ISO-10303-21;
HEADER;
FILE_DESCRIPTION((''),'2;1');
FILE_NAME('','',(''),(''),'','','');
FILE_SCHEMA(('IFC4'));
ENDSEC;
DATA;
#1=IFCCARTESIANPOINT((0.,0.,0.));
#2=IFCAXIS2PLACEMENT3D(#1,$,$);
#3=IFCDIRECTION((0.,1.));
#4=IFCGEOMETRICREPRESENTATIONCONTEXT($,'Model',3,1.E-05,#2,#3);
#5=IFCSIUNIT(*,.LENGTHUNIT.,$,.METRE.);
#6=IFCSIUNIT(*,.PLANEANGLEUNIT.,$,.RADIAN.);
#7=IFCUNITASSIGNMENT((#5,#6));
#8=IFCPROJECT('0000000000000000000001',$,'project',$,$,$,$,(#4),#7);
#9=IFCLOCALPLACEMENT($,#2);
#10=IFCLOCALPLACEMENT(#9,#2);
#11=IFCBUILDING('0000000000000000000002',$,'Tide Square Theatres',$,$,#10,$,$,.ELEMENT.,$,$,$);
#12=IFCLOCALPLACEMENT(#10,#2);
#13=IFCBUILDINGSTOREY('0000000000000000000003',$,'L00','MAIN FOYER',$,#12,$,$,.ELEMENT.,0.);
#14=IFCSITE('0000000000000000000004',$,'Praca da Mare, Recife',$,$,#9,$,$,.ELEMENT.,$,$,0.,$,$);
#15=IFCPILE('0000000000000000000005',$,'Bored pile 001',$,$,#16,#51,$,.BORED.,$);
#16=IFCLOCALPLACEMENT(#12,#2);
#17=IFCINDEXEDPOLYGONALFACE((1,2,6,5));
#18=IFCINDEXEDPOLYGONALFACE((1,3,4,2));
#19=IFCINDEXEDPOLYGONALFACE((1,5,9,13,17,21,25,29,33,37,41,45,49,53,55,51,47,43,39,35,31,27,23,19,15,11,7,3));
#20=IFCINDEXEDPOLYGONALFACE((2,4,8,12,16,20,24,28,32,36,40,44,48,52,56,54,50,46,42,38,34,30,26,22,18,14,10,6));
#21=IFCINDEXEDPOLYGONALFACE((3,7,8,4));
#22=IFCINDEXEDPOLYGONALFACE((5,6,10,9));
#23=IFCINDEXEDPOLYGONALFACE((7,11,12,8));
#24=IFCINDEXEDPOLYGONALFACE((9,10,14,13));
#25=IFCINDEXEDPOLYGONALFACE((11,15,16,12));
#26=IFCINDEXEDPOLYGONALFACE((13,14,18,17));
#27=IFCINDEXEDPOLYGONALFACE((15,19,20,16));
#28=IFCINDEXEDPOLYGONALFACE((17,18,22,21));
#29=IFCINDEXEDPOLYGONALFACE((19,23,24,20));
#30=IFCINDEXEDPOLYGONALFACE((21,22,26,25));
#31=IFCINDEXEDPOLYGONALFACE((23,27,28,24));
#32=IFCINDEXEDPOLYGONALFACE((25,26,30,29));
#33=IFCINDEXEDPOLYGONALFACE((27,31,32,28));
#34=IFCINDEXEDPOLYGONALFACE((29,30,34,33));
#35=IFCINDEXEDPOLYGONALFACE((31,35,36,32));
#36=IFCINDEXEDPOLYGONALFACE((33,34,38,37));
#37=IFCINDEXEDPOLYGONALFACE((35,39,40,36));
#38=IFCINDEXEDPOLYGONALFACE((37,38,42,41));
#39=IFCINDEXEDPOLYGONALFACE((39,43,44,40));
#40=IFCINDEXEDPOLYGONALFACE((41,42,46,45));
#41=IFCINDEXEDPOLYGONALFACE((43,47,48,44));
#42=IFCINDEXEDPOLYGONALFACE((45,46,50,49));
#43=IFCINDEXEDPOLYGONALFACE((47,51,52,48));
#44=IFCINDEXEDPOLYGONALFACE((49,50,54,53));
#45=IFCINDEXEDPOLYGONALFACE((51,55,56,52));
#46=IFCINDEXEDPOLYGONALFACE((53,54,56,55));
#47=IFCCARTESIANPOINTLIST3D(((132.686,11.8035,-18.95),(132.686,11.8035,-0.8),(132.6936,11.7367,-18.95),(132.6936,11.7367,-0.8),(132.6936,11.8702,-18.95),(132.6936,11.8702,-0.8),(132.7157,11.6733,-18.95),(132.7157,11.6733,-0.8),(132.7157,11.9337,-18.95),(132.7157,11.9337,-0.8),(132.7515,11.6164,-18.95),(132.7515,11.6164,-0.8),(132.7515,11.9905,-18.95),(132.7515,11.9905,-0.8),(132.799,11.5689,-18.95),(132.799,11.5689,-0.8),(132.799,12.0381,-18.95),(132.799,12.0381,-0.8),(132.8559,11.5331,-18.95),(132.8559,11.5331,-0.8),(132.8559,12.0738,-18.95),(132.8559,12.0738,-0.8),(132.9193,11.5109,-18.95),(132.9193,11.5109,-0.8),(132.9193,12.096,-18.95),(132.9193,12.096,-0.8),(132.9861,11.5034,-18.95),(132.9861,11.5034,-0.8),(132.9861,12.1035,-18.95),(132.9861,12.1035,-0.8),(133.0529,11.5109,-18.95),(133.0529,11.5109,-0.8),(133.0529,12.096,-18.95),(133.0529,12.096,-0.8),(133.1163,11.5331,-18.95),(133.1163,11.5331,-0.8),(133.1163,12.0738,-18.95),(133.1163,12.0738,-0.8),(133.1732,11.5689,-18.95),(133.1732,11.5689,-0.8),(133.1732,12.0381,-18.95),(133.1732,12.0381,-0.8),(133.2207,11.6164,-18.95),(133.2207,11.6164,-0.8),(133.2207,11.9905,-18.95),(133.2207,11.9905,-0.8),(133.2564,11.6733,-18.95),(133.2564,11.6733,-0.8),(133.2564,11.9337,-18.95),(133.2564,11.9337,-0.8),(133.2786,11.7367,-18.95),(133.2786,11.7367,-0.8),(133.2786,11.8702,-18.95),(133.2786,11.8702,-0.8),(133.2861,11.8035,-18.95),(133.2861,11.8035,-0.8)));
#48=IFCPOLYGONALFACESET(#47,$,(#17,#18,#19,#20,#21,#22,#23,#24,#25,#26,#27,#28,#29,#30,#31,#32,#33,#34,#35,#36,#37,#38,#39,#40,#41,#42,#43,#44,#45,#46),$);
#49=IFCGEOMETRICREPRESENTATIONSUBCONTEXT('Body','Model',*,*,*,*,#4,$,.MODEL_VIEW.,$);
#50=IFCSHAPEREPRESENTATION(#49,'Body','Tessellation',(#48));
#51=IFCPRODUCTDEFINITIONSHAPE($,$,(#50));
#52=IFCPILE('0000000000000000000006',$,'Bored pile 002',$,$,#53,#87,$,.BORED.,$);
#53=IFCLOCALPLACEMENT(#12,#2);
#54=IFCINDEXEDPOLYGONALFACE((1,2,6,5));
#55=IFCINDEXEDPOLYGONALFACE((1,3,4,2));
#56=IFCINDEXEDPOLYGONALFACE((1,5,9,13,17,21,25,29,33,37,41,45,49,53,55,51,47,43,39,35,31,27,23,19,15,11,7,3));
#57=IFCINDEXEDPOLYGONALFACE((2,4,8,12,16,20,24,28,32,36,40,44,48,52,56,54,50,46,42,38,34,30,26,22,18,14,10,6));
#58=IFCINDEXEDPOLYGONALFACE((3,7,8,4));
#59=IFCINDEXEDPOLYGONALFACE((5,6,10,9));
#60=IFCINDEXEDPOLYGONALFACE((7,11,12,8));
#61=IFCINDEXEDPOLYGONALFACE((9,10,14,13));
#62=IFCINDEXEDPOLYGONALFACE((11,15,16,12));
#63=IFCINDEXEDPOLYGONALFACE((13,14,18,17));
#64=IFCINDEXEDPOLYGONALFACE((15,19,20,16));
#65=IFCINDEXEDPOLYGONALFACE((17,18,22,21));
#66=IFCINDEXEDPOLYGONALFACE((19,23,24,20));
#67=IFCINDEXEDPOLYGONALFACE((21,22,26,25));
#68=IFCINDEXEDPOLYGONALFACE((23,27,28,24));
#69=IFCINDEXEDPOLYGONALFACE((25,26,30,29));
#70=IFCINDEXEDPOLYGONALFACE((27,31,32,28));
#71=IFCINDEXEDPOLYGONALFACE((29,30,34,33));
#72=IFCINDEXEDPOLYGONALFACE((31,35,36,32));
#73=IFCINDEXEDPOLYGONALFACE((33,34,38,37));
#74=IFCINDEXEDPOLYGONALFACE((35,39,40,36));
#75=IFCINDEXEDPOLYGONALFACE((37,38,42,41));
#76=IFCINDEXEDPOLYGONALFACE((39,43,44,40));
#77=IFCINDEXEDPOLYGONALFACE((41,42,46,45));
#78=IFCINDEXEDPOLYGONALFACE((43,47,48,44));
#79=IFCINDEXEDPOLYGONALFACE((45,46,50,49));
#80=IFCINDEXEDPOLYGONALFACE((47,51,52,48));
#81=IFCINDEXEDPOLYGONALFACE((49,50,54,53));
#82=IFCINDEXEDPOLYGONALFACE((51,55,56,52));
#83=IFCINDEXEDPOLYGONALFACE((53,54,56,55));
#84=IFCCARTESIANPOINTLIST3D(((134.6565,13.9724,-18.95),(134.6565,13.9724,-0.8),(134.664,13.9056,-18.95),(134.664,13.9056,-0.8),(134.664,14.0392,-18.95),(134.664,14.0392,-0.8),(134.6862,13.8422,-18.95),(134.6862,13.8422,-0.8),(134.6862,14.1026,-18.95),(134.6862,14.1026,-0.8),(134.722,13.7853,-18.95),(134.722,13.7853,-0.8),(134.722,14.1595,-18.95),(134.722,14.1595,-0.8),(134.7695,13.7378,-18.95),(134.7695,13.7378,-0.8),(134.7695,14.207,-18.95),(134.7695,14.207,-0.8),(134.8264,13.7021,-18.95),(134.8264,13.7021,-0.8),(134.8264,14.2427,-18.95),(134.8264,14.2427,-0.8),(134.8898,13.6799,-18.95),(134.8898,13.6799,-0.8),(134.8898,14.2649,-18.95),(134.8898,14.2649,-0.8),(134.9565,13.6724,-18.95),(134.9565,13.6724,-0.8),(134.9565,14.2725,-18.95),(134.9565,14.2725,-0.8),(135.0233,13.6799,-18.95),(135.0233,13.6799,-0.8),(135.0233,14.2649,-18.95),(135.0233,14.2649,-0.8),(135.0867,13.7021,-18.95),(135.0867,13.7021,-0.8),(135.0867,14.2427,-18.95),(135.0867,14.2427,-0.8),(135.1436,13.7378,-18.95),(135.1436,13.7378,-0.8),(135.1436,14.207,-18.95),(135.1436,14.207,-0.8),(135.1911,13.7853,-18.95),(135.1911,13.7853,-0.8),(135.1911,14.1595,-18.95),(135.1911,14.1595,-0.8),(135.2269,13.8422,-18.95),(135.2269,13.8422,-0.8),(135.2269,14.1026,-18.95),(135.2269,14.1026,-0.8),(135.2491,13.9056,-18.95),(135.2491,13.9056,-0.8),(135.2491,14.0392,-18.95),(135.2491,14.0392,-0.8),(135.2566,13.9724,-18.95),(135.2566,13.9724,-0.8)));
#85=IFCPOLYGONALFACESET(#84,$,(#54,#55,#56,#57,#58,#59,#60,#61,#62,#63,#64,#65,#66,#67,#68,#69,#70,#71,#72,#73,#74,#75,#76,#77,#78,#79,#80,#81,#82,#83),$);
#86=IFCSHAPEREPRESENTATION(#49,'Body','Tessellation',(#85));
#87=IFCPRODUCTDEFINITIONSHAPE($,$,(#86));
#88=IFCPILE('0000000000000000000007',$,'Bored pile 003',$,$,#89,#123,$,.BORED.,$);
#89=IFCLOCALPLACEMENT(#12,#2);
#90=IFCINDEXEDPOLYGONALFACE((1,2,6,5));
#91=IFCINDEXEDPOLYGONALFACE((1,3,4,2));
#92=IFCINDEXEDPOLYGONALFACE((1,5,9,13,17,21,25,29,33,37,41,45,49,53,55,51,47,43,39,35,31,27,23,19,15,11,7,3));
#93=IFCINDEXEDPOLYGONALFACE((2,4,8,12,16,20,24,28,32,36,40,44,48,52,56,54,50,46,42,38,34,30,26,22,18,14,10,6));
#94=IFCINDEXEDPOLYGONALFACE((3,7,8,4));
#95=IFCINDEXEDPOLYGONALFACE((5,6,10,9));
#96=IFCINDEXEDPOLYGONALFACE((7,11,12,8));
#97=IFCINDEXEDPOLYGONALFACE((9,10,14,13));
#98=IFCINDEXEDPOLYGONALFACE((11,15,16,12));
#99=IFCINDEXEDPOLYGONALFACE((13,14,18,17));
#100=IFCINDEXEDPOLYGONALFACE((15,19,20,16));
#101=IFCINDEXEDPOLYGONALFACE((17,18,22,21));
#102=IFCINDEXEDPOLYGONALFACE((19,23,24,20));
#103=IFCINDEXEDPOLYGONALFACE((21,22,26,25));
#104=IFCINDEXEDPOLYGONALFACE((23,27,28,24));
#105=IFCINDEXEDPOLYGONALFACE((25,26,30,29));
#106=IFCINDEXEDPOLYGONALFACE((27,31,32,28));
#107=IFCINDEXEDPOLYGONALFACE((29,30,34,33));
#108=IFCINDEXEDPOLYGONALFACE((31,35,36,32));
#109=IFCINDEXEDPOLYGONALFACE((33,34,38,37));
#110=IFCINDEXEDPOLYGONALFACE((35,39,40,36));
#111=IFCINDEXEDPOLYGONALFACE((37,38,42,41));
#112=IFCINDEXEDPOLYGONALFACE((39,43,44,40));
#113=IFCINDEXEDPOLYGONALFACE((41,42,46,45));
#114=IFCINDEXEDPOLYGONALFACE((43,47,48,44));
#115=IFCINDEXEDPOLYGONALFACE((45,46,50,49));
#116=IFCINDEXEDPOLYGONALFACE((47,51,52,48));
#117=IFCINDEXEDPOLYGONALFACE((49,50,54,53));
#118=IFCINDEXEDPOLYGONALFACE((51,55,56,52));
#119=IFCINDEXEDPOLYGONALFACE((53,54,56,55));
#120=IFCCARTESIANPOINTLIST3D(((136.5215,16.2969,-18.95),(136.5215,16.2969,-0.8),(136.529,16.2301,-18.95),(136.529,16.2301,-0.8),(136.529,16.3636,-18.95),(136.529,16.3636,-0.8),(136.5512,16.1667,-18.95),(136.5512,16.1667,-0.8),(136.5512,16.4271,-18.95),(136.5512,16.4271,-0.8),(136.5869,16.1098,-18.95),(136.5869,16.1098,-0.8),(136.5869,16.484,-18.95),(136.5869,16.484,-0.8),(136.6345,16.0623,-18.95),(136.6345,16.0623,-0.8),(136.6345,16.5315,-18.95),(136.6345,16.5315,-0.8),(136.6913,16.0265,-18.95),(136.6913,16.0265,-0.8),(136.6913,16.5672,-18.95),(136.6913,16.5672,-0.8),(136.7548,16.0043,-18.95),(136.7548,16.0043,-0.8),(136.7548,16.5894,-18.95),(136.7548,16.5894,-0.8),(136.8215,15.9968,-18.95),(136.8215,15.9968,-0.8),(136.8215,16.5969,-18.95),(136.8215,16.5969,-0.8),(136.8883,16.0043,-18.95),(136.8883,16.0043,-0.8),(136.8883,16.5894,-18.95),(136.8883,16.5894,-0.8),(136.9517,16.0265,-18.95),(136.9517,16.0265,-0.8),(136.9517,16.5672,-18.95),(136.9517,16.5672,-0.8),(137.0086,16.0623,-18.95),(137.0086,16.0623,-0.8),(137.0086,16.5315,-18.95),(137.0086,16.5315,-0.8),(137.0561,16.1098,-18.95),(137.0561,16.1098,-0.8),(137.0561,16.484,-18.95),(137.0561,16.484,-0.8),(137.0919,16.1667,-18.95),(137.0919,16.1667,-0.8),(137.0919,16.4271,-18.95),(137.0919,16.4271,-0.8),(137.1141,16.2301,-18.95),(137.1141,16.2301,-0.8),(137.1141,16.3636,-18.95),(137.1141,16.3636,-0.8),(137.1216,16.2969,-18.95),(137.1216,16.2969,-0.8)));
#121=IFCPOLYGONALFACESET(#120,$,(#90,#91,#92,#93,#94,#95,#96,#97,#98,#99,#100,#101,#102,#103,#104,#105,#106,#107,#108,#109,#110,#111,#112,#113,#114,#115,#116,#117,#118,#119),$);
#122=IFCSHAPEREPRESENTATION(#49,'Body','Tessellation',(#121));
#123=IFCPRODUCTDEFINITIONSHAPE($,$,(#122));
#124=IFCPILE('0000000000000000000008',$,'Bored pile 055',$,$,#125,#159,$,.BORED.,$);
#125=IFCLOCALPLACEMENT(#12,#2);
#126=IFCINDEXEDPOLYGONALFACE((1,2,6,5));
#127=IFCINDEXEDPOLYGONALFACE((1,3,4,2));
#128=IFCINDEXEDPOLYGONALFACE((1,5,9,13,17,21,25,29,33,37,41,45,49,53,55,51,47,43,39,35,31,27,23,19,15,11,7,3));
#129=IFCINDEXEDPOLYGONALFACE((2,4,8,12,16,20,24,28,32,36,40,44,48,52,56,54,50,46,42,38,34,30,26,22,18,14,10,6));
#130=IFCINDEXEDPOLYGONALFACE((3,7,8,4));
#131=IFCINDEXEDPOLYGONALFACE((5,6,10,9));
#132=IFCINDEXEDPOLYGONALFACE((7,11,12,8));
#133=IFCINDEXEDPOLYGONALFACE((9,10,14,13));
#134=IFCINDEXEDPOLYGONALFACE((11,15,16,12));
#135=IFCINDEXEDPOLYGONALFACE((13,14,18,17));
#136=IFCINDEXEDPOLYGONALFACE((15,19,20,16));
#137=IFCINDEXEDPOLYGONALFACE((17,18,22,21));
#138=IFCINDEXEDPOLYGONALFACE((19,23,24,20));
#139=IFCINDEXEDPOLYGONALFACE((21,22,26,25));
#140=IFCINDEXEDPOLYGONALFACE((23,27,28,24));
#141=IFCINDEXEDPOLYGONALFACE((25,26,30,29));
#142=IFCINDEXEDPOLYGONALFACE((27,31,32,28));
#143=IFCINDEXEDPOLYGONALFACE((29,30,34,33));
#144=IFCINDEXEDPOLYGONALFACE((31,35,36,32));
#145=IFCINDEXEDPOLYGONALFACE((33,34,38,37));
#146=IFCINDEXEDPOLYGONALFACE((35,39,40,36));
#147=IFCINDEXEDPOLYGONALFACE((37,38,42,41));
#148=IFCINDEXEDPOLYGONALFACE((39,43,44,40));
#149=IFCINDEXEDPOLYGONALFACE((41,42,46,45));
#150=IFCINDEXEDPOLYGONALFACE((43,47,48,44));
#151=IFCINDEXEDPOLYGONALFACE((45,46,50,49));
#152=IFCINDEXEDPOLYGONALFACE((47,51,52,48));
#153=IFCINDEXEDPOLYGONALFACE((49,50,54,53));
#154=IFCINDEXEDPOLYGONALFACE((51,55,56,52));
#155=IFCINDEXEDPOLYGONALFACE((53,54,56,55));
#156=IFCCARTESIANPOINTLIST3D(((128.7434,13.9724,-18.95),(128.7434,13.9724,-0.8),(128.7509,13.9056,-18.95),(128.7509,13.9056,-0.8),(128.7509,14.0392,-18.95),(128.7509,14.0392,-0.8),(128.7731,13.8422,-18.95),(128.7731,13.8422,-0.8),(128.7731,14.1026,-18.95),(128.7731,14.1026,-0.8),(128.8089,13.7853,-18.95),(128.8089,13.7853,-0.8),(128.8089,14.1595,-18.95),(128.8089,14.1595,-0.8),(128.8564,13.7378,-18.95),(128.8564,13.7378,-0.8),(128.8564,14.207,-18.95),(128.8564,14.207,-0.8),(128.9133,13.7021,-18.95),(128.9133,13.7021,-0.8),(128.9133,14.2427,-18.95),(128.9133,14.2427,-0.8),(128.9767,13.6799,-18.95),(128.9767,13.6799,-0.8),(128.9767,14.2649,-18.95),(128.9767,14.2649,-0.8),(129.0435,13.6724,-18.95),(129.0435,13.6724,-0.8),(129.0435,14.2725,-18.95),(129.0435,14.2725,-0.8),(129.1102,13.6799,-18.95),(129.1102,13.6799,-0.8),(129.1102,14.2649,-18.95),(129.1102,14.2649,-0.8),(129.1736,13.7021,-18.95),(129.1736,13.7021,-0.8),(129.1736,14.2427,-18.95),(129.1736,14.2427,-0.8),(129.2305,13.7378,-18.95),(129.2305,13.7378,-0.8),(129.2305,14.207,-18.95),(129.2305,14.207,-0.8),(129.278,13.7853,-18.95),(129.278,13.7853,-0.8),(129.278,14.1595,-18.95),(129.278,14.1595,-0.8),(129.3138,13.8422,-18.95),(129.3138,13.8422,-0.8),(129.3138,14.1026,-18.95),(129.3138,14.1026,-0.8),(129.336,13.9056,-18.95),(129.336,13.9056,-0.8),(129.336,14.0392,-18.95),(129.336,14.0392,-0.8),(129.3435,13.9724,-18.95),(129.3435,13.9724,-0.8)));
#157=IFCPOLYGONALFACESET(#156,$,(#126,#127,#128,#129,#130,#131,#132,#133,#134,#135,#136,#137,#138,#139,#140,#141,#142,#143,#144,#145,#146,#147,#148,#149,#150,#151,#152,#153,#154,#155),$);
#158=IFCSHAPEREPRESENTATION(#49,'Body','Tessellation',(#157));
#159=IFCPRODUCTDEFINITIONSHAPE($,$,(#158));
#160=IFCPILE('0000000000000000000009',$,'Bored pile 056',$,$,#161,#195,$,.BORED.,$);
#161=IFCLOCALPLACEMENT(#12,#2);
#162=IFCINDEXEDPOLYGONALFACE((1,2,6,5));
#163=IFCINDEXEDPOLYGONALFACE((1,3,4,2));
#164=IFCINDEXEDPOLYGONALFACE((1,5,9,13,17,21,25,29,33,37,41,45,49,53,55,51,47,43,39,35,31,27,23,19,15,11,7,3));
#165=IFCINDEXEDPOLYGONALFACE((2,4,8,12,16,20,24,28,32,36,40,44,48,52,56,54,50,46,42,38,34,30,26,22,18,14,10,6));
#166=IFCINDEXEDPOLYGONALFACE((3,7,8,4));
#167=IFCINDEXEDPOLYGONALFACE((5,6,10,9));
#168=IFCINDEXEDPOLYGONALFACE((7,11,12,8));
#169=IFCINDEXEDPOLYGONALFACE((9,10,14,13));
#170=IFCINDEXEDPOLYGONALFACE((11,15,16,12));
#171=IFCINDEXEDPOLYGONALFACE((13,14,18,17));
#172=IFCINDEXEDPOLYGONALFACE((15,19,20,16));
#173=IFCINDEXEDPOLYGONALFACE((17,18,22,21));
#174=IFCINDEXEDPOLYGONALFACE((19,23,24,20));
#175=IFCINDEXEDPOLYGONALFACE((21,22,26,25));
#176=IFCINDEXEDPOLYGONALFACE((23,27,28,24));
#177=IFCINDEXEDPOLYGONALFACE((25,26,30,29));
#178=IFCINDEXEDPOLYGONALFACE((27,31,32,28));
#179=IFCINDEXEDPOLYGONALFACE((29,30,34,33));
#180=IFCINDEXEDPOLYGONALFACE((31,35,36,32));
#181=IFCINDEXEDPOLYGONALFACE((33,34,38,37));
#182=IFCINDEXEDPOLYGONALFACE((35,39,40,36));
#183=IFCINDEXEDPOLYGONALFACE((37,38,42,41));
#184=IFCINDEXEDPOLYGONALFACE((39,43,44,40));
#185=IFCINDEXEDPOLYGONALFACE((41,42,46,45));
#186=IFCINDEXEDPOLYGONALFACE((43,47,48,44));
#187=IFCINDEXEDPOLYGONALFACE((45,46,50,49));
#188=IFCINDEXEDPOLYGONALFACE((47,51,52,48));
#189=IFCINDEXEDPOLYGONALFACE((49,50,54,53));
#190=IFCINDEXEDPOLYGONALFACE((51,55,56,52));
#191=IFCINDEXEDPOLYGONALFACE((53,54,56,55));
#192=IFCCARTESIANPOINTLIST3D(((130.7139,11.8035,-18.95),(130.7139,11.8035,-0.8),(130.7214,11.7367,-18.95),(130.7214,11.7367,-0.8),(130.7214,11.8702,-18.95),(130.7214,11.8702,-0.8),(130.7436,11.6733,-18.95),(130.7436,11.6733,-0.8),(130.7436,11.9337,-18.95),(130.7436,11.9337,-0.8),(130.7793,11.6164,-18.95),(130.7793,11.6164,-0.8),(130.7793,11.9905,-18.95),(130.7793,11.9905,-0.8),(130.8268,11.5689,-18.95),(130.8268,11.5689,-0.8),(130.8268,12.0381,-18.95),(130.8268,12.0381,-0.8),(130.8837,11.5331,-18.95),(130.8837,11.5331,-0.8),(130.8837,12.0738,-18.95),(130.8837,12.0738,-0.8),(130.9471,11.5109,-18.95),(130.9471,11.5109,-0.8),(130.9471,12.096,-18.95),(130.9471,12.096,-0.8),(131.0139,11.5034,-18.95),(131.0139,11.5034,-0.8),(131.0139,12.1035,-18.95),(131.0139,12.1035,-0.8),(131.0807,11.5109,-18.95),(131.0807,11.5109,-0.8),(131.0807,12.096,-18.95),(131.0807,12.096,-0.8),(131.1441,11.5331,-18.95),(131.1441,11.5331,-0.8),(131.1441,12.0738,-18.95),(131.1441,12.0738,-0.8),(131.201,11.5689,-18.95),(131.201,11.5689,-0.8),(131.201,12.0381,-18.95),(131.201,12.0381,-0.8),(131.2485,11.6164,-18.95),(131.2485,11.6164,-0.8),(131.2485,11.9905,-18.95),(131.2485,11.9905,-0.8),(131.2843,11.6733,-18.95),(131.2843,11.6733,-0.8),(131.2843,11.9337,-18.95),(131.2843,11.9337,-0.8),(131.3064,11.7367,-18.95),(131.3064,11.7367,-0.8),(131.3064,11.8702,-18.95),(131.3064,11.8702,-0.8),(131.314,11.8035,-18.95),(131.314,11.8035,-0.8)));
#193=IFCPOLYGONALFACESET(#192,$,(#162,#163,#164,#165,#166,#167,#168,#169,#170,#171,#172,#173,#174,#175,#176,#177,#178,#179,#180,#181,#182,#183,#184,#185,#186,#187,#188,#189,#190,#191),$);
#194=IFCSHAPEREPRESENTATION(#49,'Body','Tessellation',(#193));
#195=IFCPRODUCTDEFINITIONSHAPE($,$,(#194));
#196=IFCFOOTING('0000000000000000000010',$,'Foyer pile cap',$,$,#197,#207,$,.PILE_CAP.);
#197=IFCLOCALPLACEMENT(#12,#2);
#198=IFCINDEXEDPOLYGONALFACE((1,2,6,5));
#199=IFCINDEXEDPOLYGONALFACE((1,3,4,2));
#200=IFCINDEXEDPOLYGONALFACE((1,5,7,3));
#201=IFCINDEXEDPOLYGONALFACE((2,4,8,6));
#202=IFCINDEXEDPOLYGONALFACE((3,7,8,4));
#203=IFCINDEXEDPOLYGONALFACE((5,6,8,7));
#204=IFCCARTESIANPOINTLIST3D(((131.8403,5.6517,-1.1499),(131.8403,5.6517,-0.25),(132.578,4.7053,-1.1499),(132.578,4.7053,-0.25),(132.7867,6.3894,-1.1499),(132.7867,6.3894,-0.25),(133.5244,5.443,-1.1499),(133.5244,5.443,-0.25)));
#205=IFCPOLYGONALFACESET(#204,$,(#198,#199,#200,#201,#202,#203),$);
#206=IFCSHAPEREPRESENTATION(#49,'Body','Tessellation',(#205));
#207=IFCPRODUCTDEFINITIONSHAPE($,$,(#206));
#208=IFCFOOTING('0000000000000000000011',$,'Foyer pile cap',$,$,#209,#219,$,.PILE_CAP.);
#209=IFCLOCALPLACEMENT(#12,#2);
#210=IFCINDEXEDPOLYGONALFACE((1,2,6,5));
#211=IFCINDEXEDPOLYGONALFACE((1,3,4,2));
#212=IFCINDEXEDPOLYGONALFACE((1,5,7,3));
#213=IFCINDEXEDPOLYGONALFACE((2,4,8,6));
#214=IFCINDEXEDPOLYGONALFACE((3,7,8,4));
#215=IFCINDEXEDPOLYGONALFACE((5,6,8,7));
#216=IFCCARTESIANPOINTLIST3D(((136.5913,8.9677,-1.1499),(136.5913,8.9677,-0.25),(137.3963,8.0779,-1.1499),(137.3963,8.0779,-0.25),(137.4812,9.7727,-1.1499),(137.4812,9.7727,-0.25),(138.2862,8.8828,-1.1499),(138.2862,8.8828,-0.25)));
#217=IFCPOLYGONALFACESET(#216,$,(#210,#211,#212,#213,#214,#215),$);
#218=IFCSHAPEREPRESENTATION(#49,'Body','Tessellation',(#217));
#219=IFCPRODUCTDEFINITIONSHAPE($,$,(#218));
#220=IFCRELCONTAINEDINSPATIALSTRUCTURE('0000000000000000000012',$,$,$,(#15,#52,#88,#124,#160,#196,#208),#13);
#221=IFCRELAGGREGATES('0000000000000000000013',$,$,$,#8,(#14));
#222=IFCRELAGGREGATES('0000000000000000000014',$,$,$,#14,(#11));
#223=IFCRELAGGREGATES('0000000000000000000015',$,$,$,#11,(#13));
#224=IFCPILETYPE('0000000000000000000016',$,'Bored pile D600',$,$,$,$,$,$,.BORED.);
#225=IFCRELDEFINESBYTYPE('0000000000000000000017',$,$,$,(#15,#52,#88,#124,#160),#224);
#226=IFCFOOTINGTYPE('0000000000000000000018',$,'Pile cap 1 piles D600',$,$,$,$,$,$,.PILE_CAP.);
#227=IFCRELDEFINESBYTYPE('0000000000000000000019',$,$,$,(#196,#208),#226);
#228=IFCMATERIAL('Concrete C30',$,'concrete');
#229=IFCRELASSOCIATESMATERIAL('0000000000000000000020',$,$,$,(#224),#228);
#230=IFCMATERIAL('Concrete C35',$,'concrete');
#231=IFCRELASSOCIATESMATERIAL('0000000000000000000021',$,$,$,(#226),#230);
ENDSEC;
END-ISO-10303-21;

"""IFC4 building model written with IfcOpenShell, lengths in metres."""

from ifc_helpers import new_model, si_unit, direction, frame, origin, origin_2d, place, context, subcontext, project, spatial, rectangle, circle, extrude, material, material_profile, profile_set, type_object, element, save


model = new_model("IFC4")

# Units and contexts
model_context = context("Model", 3, precision=1e-05, world=origin(), true_north=direction((0.0, 1.0)))
body_context = subcontext(model_context, "Body", "Model", "MODEL_VIEW")
ifc_project = project(units=[si_unit("LENGTHUNIT", "METRE"), si_unit("PLANEANGLEUNIT", "RADIAN")], contexts=[model_context])

# Site, building, storey
site_placement = place(None, origin())
site = spatial("IfcSite", under=ifc_project, at=site_placement, Name="Praca da Mare, Recife", CompositionType="ELEMENT", RefElevation=0.0)
building_placement = place(site_placement, origin())
building = spatial("IfcBuilding", under=site, at=building_placement, Name="Tide Square Theatres", CompositionType="ELEMENT")
storey_placement = place(building_placement, origin())
storey = spatial("IfcBuildingStorey", under=building, at=storey_placement, Name="L00", Description="MAIN FOYER", CompositionType="ELEMENT", Elevation=0.0)

# Piles
ifc_material_1 = material(Name="Concrete C30", Category="concrete")
ifc_material_profile_1 = material_profile(ifc_material_1, circle(Radius=0.3, at=origin_2d()))
ifc_profile_set_1 = profile_set([ifc_material_profile_1], Name="Concrete C30")
pile_type_1 = type_object("IfcPileType", Name="Bored pile D600", PredefinedType="BORED", material=ifc_profile_set_1)
for number, where, z_axis, x_axis, name in (
    (1, (132.9861, 11.8035, -0.8), (0.0, 0.0, -1.0), (1.0, 0.0, 0.0), "Bored pile 001"),
    (2, (134.9565, 13.9724, -0.8), (0.0, 0.0, -1.0), (1.0, 0.0, 0.0), "Bored pile 002"),
    (3, (136.8215, 16.2969, -0.8), (0.0, 0.0, -1.0), (1.0, 0.0, 0.0), "Bored pile 003"),
    (4, (129.0435, 13.9724, -0.8), (0.0, 0.0, -1.0), (1.0, 0.0, 0.0), "Bored pile 055"),
    (5, (131.0139, 11.8035, -0.8), (0.0, 0.0, -1.0), (1.0, 0.0, 0.0), "Bored pile 056"),
):
    element("IfcPile", number, at=place(storey_placement, frame(where, z_axis=z_axis, x_axis=x_axis)), inside=storey, type_object=pile_type_1, Name=name, PredefinedType="BORED", context=body_context, shape_type="SweptSolid", body=[
        extrude(circle(Radius=0.3, at=origin_2d()), origin(), (0.0, 0.0, 1.0), 18.1499),
    ])

# Footings
ifc_material_2 = material(Name="Concrete C35", Category="concrete")
footing_type = type_object("IfcFootingType", Name="Pile cap 1 piles D600", PredefinedType="PILE_CAP", material=ifc_material_2)
for number, where, z_axis, x_axis, name in (
    (6, (132.6824, 5.5474, -1.1499), (0.0, 0.0, 1.0), (0.78869, 0.614791, 0.0), "Foyer pile cap"),
    (7, (137.4387, 8.9253, -1.1499), (0.0, 0.0, 1.0), (0.741598, 0.670845, 0.0), "Foyer pile cap"),
):
    element("IfcFooting", number, at=place(storey_placement, frame(where, z_axis=z_axis, x_axis=x_axis)), inside=storey, type_object=footing_type, Name=name, PredefinedType="PILE_CAP", context=body_context, shape_type="SweptSolid", body=[
        extrude(rectangle(XDim=1.2, YDim=1.2, at=origin_2d()), origin(), (0.0, 0.0, 1.0), 0.8999),
    ])

save(model, "model.ifc")
